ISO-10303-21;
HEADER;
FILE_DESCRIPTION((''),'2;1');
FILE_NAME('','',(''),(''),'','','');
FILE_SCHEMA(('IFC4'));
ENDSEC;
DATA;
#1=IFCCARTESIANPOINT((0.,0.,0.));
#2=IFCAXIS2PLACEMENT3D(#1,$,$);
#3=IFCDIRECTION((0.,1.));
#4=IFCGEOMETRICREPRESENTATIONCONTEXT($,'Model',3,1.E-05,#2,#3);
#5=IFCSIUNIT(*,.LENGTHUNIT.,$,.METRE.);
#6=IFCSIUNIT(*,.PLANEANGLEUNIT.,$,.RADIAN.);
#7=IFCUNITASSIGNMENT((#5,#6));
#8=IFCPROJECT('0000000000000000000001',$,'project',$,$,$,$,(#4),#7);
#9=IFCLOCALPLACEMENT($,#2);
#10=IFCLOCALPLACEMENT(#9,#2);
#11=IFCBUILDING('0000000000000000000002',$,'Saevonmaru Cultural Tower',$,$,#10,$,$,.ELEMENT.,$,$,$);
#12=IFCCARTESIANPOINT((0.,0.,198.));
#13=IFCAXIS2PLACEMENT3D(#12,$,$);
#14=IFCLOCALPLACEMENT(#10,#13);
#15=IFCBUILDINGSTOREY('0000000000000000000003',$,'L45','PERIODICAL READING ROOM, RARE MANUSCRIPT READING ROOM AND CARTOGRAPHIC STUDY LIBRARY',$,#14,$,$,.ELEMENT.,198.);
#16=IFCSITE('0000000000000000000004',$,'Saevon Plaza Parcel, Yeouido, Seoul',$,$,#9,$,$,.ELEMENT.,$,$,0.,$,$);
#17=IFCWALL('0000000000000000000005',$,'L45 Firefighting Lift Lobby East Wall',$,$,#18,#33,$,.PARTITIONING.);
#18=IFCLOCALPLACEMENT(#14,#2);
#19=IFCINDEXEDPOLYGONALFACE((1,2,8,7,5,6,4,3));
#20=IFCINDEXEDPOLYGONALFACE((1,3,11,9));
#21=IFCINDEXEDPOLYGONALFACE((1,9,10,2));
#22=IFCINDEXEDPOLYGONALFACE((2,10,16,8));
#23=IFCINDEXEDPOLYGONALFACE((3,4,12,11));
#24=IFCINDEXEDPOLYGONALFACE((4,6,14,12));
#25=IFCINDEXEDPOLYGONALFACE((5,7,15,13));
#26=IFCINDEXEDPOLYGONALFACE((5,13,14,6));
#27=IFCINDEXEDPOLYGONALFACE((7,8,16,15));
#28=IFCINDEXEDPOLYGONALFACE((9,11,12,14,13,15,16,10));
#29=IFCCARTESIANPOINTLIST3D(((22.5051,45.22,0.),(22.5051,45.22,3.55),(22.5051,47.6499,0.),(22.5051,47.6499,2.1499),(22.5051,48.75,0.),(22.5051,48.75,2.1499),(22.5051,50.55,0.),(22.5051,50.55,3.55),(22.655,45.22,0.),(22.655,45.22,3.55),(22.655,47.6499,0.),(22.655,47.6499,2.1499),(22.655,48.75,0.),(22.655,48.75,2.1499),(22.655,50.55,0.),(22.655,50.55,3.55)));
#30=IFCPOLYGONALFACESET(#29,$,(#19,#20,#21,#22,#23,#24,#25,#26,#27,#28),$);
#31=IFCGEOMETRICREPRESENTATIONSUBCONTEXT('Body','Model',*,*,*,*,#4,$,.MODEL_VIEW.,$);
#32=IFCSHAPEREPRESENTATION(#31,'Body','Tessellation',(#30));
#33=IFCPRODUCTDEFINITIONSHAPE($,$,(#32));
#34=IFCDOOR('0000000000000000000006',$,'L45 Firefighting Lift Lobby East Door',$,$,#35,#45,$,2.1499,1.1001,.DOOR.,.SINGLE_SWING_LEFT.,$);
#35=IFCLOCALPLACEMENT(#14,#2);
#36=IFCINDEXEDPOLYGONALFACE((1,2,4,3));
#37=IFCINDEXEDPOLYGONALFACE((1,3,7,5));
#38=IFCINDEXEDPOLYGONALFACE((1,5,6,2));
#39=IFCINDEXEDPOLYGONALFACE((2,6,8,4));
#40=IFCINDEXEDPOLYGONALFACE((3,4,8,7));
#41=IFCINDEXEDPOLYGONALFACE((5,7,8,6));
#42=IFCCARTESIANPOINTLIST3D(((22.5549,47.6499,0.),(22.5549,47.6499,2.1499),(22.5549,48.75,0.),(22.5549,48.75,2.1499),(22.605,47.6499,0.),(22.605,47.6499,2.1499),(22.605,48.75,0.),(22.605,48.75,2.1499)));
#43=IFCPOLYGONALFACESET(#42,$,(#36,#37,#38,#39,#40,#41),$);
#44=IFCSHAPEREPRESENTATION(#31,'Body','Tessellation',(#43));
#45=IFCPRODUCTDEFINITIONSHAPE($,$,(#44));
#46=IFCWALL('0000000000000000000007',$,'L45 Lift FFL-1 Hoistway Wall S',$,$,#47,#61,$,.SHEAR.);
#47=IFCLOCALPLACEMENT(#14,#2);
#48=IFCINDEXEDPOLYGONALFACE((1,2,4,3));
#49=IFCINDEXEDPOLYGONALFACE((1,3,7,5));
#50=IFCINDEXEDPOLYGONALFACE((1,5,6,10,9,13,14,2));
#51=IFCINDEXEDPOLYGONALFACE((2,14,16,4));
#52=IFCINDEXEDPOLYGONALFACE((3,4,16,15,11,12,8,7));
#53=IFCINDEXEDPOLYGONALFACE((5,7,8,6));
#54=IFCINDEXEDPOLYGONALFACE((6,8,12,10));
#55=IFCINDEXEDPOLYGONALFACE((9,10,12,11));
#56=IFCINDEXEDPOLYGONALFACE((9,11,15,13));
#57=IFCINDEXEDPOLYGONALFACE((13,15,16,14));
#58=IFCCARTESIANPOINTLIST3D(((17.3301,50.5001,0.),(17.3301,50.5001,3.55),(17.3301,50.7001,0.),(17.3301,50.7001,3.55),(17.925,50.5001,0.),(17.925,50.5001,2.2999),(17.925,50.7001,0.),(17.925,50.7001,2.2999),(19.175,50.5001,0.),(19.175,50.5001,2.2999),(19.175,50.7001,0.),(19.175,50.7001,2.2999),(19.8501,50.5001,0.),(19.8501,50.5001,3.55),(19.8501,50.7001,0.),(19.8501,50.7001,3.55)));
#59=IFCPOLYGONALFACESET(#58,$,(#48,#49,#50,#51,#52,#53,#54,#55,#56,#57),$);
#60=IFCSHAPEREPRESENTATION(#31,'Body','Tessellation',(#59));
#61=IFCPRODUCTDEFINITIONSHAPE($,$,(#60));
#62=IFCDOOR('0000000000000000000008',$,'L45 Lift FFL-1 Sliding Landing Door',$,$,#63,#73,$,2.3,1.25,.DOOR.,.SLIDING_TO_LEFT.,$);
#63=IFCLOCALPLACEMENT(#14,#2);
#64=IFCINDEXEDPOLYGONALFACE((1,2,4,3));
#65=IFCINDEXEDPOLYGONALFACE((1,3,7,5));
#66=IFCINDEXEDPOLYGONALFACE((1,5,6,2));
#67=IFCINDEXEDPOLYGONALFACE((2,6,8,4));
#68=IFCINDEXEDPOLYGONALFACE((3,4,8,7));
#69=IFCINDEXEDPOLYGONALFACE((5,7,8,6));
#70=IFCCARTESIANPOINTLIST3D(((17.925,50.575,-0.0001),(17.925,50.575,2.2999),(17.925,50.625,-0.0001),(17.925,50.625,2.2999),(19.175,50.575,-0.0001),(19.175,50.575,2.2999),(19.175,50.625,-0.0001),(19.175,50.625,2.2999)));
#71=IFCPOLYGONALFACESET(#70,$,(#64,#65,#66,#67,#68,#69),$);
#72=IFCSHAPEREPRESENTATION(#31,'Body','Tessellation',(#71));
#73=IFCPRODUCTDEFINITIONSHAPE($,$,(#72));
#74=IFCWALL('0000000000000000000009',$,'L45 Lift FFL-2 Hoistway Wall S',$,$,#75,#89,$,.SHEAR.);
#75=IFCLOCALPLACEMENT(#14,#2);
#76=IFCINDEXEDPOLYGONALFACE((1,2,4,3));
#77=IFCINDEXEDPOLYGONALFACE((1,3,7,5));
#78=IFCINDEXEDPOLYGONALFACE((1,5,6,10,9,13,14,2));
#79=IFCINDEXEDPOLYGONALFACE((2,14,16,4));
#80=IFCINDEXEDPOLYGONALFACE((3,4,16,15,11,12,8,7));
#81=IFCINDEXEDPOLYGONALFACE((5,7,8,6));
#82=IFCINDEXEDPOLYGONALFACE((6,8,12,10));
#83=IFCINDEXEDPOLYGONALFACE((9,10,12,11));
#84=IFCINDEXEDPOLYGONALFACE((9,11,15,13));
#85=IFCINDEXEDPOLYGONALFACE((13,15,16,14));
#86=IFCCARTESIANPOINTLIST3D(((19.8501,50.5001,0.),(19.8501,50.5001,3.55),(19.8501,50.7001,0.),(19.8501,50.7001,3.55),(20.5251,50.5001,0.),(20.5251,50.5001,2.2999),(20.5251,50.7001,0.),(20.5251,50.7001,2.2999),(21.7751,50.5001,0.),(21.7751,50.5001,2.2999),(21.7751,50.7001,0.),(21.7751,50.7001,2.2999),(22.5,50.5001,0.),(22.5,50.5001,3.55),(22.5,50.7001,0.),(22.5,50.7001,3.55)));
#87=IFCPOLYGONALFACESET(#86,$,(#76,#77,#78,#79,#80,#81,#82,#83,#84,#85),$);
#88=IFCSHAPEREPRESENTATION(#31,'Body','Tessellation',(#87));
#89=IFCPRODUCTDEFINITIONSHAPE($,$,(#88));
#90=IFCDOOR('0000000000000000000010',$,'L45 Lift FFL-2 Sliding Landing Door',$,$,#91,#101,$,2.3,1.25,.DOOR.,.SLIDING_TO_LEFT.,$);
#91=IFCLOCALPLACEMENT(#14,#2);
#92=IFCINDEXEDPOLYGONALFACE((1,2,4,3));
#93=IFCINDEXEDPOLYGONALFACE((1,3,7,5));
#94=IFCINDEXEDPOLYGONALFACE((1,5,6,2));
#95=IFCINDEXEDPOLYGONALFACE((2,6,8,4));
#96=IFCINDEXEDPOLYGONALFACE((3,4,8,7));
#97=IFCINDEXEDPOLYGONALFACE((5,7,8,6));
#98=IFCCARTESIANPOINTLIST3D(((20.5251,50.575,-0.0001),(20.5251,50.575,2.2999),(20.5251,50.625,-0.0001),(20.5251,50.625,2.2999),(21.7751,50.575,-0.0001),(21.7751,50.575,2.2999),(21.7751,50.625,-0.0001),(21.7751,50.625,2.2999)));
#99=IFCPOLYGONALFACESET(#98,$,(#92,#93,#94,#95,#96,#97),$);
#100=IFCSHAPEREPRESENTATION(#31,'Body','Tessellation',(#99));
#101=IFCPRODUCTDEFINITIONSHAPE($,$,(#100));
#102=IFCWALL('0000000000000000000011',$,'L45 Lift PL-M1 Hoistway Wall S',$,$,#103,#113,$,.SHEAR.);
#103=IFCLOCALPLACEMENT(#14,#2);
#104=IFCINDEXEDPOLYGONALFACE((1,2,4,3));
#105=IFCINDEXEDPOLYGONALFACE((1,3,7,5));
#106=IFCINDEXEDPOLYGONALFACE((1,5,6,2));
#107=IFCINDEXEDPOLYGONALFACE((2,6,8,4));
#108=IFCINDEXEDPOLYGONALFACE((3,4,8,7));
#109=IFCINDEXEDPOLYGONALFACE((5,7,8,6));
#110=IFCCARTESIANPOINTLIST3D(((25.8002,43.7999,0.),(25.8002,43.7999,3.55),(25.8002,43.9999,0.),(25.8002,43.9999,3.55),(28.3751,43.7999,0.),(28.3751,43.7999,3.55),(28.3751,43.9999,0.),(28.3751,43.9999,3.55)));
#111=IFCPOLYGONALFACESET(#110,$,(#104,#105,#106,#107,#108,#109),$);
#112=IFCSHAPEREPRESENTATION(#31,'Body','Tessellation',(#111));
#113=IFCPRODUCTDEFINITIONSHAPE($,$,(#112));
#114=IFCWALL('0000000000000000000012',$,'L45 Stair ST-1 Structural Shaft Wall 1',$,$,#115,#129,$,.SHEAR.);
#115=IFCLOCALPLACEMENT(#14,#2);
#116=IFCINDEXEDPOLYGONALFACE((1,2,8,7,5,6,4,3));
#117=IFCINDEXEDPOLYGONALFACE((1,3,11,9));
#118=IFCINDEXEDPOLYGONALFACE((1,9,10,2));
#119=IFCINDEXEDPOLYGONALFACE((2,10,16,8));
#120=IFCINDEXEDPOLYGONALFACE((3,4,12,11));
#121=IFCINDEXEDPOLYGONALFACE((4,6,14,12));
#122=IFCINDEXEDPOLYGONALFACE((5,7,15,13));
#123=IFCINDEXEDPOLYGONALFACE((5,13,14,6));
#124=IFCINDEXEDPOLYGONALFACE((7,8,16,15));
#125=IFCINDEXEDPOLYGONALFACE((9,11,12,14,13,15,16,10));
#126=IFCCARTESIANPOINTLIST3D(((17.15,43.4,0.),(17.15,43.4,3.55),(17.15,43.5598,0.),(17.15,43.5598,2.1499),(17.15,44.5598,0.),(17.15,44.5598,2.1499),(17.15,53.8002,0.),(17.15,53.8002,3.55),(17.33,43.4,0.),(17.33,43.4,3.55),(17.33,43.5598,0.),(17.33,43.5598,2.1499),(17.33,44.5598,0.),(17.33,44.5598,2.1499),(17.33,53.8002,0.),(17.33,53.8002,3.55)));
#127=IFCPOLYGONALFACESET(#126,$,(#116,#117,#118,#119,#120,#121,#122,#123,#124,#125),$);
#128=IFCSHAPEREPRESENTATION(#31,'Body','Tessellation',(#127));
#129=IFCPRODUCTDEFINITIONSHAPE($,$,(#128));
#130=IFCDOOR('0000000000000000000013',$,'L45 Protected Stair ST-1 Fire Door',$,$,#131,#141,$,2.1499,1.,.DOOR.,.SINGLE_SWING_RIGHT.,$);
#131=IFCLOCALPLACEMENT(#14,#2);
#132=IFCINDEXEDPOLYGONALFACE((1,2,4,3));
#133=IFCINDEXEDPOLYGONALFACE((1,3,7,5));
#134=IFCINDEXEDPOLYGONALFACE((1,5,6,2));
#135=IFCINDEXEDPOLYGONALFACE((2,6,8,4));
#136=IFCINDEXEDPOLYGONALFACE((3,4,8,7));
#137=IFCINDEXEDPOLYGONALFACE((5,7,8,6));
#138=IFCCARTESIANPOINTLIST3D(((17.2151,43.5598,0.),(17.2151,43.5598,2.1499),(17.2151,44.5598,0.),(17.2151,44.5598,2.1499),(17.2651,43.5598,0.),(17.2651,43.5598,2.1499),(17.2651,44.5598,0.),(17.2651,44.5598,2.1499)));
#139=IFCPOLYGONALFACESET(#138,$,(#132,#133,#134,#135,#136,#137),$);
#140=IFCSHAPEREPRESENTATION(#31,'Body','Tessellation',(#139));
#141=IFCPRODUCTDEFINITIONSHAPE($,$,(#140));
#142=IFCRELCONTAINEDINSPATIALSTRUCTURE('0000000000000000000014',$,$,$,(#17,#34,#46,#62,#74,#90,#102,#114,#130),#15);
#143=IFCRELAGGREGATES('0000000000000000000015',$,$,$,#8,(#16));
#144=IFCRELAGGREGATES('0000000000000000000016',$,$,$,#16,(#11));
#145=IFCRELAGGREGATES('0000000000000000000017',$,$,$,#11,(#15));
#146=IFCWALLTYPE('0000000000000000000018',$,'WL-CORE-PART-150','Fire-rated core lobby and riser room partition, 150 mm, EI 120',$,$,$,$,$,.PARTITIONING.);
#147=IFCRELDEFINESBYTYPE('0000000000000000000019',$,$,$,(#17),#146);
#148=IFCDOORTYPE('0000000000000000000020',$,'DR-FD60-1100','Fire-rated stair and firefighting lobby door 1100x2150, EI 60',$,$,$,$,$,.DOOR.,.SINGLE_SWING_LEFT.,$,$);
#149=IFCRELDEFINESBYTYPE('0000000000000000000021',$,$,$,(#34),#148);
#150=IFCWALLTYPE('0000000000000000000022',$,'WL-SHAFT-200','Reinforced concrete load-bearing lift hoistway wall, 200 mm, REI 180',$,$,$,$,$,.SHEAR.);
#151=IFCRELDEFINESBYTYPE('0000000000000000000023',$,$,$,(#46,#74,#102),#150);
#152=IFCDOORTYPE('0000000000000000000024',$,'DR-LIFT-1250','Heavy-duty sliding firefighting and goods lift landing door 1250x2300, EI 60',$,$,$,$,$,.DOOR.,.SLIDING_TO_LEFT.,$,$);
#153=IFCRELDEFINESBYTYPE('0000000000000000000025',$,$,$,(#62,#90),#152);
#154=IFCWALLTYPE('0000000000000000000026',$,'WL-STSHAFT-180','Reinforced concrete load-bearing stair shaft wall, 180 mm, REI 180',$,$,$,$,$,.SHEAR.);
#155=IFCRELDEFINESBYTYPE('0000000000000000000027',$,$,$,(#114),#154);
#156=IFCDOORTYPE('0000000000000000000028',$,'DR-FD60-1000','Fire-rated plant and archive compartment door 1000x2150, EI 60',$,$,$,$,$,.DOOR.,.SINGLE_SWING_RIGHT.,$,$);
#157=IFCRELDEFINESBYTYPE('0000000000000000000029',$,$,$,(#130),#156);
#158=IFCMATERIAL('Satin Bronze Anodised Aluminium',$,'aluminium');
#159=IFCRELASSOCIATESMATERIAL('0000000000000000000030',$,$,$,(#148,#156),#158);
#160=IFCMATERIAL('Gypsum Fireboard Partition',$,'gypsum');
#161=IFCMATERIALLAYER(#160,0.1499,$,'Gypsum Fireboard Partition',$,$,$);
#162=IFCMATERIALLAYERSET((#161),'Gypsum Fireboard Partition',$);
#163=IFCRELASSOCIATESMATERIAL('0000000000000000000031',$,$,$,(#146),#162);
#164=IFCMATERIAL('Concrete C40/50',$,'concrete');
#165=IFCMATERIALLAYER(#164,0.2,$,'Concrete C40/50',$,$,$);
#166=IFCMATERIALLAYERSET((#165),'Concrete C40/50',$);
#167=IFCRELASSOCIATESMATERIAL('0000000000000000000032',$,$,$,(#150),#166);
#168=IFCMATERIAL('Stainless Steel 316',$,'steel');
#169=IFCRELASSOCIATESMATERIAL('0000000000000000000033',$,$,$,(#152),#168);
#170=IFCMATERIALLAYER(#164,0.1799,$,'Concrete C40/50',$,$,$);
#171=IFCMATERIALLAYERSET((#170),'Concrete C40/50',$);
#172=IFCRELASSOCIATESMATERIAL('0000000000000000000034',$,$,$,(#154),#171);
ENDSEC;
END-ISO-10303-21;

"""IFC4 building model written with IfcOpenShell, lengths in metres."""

from ifc_helpers import new_model, si_unit, direction, frame, frame_2d, origin, place, context, subcontext, project, spatial, rectangle, extrude, material, layer, layer_set, type_object, element, fill, save


model = new_model("IFC4")

# Units and contexts
model_context = context("Model", 3, precision=1e-05, world=origin(), true_north=direction((0.0, 1.0)))
body_context = subcontext(model_context, "Body", "Model", "MODEL_VIEW")
ifc_project = project(units=[si_unit("LENGTHUNIT", "METRE"), si_unit("PLANEANGLEUNIT", "RADIAN")], contexts=[model_context])

# Site, building, storey
site_placement = place(None, origin())
site = spatial("IfcSite", under=ifc_project, at=site_placement, Name="Saevon Plaza Parcel, Yeouido, Seoul", CompositionType="ELEMENT", RefElevation=0.0)
building_placement = place(site_placement, origin())
building = spatial("IfcBuilding", under=site, at=building_placement, Name="Saevonmaru Cultural Tower", CompositionType="ELEMENT")
storey_placement = place(building_placement, frame((0.0, 0.0, 198.0)))
storey = spatial("IfcBuildingStorey", under=building, at=storey_placement, Name="L45", Description="PERIODICAL READING ROOM, RARE MANUSCRIPT READING ROOM AND CARTOGRAPHIC STUDY LIBRARY", CompositionType="ELEMENT", Elevation=198.0)

# Shared definitions
ifc_material_1 = material(Name="Satin Bronze Anodised Aluminium", Category="aluminium")
door_type_1 = type_object("IfcDoorType", Name="DR-FD60-1100", Description="Fire-rated stair and firefighting lobby door 1100x2150, EI 60", OperationType="SINGLE_SWING_LEFT", PredefinedType="DOOR", material=ifc_material_1)

# Walls, openings, doors
ifc_material_2 = material(Name="Gypsum Fireboard Partition", Category="gypsum")
ifc_layer_1 = layer(ifc_material_2, 0.1499, Name="Gypsum Fireboard Partition")
ifc_layer_set_1 = layer_set([ifc_layer_1], Name="Gypsum Fireboard Partition")
wall_type_1 = type_object("IfcWallType", Name="WL-CORE-PART-150", Description="Fire-rated core lobby and riser room partition, 150 mm, EI 120", PredefinedType="PARTITIONING", material=ifc_layer_set_1)
wall_1_placement = place(storey_placement, frame((22.5801, 50.55, 0.0), z_axis=(0.0, 0.0, 1.0), x_axis=(0.0, -1.0, 0.0)))
wall_1 = element("IfcWall", 1, at=wall_1_placement, inside=storey, type_object=wall_type_1, Name="L45 Firefighting Lift Lobby East Wall", PredefinedType="PARTITIONING", context=body_context, shape_type="SweptSolid", body=[
    extrude(rectangle(XDim=5.3301, YDim=0.1499, at=frame_2d((2.665, 0.0))), origin(), (0.0, 0.0, 1.0), 3.55),
])
opening_1_placement = place(wall_1_placement, frame((1.8, 0.0, 0.0)))
opening_1 = element("IfcOpeningElement", 2, at=opening_1_placement, cuts=wall_1, PredefinedType="OPENING", context=body_context, shape_type="SweptSolid", body=[
    extrude(rectangle(XDim=1.1001, YDim=2.1499, at=frame_2d((0.55, 1.075))), frame((0.0, 0.085, 0.0), z_axis=(0.0, -1.0, 0.0), x_axis=(1.0, 0.0, 0.0)), (0.0, 0.0, 1.0), 0.1699),
])
door_1_placement = place(opening_1_placement, origin())
door_1 = element("IfcDoor", 3, at=door_1_placement, inside=storey, type_object=door_type_1, Name="L45 Firefighting Lift Lobby East Door", OperationType="SINGLE_SWING_LEFT", OverallHeight=2.1499, OverallWidth=1.1001, PredefinedType="DOOR", context=body_context, shape_type="SweptSolid", body=[
    extrude(rectangle(XDim=1.1001, YDim=2.1499, at=frame_2d((0.55, 1.075))), frame((0.0, 0.0249, 0.0), z_axis=(0.0, -1.0, 0.0), x_axis=(1.0, 0.0, 0.0)), (0.0, 0.0, 1.0), 0.05),
])
fill(opening_1, door_1)
ifc_material_3 = material(Name="Concrete C40/50", Category="concrete")
ifc_layer_2 = layer(ifc_material_3, 0.2, Name="Concrete C40/50")
ifc_layer_set_2 = layer_set([ifc_layer_2], Name="Concrete C40/50")
wall_type_2 = type_object("IfcWallType", Name="WL-SHAFT-200", Description="Reinforced concrete load-bearing lift hoistway wall, 200 mm, REI 180", PredefinedType="SHEAR", material=ifc_layer_set_2)
wall_2_placement = place(storey_placement, frame((17.3301, 50.6001, 0.0), z_axis=(0.0, 0.0, 1.0), x_axis=(1.0, 0.0, 0.0)))
wall_2 = element("IfcWall", 4, at=wall_2_placement, inside=storey, type_object=wall_type_2, Name="L45 Lift FFL-1 Hoistway Wall S", PredefinedType="SHEAR", context=body_context, shape_type="SweptSolid", body=[
    extrude(rectangle(XDim=2.52, YDim=0.2, at=frame_2d((1.26, 0.0))), origin(), (0.0, 0.0, 1.0), 3.55),
])
opening_2_placement = place(wall_2_placement, frame((0.595, 0.0, 0.0)))
opening_2 = element("IfcOpeningElement", 5, at=opening_2_placement, cuts=wall_2, PredefinedType="OPENING", context=body_context, shape_type="SweptSolid", body=[
    extrude(rectangle(XDim=1.25, YDim=2.3, at=frame_2d((0.625, 1.1499))), frame((0.0, 0.1099, 0.0), z_axis=(0.0, -1.0, 0.0), x_axis=(1.0, 0.0, 0.0)), (0.0, 0.0, 1.0), 0.22),
])
ifc_material_4 = material(Name="Stainless Steel 316", Category="steel")
door_type_2 = type_object("IfcDoorType", Name="DR-LIFT-1250", Description="Heavy-duty sliding firefighting and goods lift landing door 1250x2300, EI 60", OperationType="SLIDING_TO_LEFT", PredefinedType="DOOR", material=ifc_material_4)
door_2_placement = place(opening_2_placement, origin())
door_2 = element("IfcDoor", 6, at=door_2_placement, inside=storey, type_object=door_type_2, Name="L45 Lift FFL-1 Sliding Landing Door", OperationType="SLIDING_TO_LEFT", OverallHeight=2.3, OverallWidth=1.25, PredefinedType="DOOR", context=body_context, shape_type="SweptSolid", body=[
    extrude(rectangle(XDim=1.25, YDim=2.3, at=frame_2d((0.625, 1.1499))), frame((0.0, 0.0249, 0.0), z_axis=(0.0, -1.0, 0.0), x_axis=(1.0, 0.0, 0.0)), (0.0, 0.0, 1.0), 0.05),
])
fill(opening_2, door_2)
wall_3_placement = place(storey_placement, frame((19.8501, 50.6001, 0.0), z_axis=(0.0, 0.0, 1.0), x_axis=(1.0, 0.0, 0.0)))
wall_3 = element("IfcWall", 7, at=wall_3_placement, inside=storey, type_object=wall_type_2, Name="L45 Lift FFL-2 Hoistway Wall S", PredefinedType="SHEAR", context=body_context, shape_type="SweptSolid", body=[
    extrude(rectangle(XDim=2.6499, YDim=0.2, at=frame_2d((1.325, 0.0))), origin(), (0.0, 0.0, 1.0), 3.55),
])
opening_3_placement = place(wall_3_placement, frame((0.675, 0.0, 0.0)))
opening_3 = element("IfcOpeningElement", 8, at=opening_3_placement, cuts=wall_3, PredefinedType="OPENING", context=body_context, shape_type="SweptSolid", body=[
    extrude(rectangle(XDim=1.25, YDim=2.3, at=frame_2d((0.625, 1.1499))), frame((0.0, 0.1099, 0.0), z_axis=(0.0, -1.0, 0.0), x_axis=(1.0, 0.0, 0.0)), (0.0, 0.0, 1.0), 0.22),
])
door_3_placement = place(opening_3_placement, origin())
door_3 = element("IfcDoor", 9, at=door_3_placement, inside=storey, type_object=door_type_2, Name="L45 Lift FFL-2 Sliding Landing Door", OperationType="SLIDING_TO_LEFT", OverallHeight=2.3, OverallWidth=1.25, PredefinedType="DOOR", context=body_context, shape_type="SweptSolid", body=[
    extrude(rectangle(XDim=1.25, YDim=2.3, at=frame_2d((0.625, 1.1499))), frame((0.0, 0.0249, 0.0), z_axis=(0.0, -1.0, 0.0), x_axis=(1.0, 0.0, 0.0)), (0.0, 0.0, 1.0), 0.05),
])
fill(opening_3, door_3)

# Wall
wall_4_placement = place(storey_placement, frame((25.8, 43.8999, 0.0), z_axis=(0.0, 0.0, 1.0), x_axis=(1.0, 0.0, 0.0)))
element("IfcWall", 10, at=wall_4_placement, inside=storey, type_object=wall_type_2, Name="L45 Lift PL-M1 Hoistway Wall S", PredefinedType="SHEAR", context=body_context, shape_type="SweptSolid", body=[
    extrude(rectangle(XDim=2.575, YDim=0.2, at=frame_2d((1.2876, 0.0))), origin(), (0.0, 0.0, 1.0), 3.55),
])

# Wall, opening, door
ifc_layer_3 = layer(ifc_material_3, 0.1799, Name="Concrete C40/50")
ifc_layer_set_3 = layer_set([ifc_layer_3], Name="Concrete C40/50")
wall_type_3 = type_object("IfcWallType", Name="WL-STSHAFT-180", Description="Reinforced concrete load-bearing stair shaft wall, 180 mm, REI 180", PredefinedType="SHEAR", material=ifc_layer_set_3)
wall_5_placement = place(storey_placement, frame((17.24, 43.3999, 0.0), z_axis=(0.0, 0.0, 1.0), x_axis=(0.0, 1.0, 0.0)))
wall_5 = element("IfcWall", 11, at=wall_5_placement, inside=storey, type_object=wall_type_3, Name="L45 Stair ST-1 Structural Shaft Wall 1", PredefinedType="SHEAR", context=body_context, shape_type="SweptSolid", body=[
    extrude(rectangle(XDim=10.4001, YDim=0.1799, at=frame_2d((5.2002, 0.0))), origin(), (0.0, 0.0, 1.0), 3.55),
])
opening_4_placement = place(wall_5_placement, frame((0.1599, 0.0, 0.0)))
opening_4 = element("IfcOpeningElement", 12, at=opening_4_placement, cuts=wall_5, PredefinedType="OPENING", context=body_context, shape_type="SweptSolid", body=[
    extrude(rectangle(XDim=1.0, YDim=2.1499, at=frame_2d((0.5, 1.075))), frame((0.0, 0.1001, 0.0), z_axis=(0.0, -1.0, 0.0), x_axis=(1.0, 0.0, 0.0)), (0.0, 0.0, 1.0), 0.2),
])
door_type_3 = type_object("IfcDoorType", Name="DR-FD60-1000", Description="Fire-rated plant and archive compartment door 1000x2150, EI 60", OperationType="SINGLE_SWING_RIGHT", PredefinedType="DOOR", material=ifc_material_1)
door_4_placement = place(opening_4_placement, origin())
door_4 = element("IfcDoor", 13, at=door_4_placement, inside=storey, type_object=door_type_3, Name="L45 Protected Stair ST-1 Fire Door", OperationType="SINGLE_SWING_RIGHT", OverallHeight=2.1499, OverallWidth=1.0, PredefinedType="DOOR", context=body_context, shape_type="SweptSolid", body=[
    extrude(rectangle(XDim=1.0, YDim=2.1499, at=frame_2d((0.5, 1.075))), frame((0.0, 0.0249, 0.0), z_axis=(0.0, -1.0, 0.0), x_axis=(1.0, 0.0, 0.0)), (0.0, 0.0, 1.0), 0.05),
])
fill(opening_4, door_4)

save(model, "model.ifc")
